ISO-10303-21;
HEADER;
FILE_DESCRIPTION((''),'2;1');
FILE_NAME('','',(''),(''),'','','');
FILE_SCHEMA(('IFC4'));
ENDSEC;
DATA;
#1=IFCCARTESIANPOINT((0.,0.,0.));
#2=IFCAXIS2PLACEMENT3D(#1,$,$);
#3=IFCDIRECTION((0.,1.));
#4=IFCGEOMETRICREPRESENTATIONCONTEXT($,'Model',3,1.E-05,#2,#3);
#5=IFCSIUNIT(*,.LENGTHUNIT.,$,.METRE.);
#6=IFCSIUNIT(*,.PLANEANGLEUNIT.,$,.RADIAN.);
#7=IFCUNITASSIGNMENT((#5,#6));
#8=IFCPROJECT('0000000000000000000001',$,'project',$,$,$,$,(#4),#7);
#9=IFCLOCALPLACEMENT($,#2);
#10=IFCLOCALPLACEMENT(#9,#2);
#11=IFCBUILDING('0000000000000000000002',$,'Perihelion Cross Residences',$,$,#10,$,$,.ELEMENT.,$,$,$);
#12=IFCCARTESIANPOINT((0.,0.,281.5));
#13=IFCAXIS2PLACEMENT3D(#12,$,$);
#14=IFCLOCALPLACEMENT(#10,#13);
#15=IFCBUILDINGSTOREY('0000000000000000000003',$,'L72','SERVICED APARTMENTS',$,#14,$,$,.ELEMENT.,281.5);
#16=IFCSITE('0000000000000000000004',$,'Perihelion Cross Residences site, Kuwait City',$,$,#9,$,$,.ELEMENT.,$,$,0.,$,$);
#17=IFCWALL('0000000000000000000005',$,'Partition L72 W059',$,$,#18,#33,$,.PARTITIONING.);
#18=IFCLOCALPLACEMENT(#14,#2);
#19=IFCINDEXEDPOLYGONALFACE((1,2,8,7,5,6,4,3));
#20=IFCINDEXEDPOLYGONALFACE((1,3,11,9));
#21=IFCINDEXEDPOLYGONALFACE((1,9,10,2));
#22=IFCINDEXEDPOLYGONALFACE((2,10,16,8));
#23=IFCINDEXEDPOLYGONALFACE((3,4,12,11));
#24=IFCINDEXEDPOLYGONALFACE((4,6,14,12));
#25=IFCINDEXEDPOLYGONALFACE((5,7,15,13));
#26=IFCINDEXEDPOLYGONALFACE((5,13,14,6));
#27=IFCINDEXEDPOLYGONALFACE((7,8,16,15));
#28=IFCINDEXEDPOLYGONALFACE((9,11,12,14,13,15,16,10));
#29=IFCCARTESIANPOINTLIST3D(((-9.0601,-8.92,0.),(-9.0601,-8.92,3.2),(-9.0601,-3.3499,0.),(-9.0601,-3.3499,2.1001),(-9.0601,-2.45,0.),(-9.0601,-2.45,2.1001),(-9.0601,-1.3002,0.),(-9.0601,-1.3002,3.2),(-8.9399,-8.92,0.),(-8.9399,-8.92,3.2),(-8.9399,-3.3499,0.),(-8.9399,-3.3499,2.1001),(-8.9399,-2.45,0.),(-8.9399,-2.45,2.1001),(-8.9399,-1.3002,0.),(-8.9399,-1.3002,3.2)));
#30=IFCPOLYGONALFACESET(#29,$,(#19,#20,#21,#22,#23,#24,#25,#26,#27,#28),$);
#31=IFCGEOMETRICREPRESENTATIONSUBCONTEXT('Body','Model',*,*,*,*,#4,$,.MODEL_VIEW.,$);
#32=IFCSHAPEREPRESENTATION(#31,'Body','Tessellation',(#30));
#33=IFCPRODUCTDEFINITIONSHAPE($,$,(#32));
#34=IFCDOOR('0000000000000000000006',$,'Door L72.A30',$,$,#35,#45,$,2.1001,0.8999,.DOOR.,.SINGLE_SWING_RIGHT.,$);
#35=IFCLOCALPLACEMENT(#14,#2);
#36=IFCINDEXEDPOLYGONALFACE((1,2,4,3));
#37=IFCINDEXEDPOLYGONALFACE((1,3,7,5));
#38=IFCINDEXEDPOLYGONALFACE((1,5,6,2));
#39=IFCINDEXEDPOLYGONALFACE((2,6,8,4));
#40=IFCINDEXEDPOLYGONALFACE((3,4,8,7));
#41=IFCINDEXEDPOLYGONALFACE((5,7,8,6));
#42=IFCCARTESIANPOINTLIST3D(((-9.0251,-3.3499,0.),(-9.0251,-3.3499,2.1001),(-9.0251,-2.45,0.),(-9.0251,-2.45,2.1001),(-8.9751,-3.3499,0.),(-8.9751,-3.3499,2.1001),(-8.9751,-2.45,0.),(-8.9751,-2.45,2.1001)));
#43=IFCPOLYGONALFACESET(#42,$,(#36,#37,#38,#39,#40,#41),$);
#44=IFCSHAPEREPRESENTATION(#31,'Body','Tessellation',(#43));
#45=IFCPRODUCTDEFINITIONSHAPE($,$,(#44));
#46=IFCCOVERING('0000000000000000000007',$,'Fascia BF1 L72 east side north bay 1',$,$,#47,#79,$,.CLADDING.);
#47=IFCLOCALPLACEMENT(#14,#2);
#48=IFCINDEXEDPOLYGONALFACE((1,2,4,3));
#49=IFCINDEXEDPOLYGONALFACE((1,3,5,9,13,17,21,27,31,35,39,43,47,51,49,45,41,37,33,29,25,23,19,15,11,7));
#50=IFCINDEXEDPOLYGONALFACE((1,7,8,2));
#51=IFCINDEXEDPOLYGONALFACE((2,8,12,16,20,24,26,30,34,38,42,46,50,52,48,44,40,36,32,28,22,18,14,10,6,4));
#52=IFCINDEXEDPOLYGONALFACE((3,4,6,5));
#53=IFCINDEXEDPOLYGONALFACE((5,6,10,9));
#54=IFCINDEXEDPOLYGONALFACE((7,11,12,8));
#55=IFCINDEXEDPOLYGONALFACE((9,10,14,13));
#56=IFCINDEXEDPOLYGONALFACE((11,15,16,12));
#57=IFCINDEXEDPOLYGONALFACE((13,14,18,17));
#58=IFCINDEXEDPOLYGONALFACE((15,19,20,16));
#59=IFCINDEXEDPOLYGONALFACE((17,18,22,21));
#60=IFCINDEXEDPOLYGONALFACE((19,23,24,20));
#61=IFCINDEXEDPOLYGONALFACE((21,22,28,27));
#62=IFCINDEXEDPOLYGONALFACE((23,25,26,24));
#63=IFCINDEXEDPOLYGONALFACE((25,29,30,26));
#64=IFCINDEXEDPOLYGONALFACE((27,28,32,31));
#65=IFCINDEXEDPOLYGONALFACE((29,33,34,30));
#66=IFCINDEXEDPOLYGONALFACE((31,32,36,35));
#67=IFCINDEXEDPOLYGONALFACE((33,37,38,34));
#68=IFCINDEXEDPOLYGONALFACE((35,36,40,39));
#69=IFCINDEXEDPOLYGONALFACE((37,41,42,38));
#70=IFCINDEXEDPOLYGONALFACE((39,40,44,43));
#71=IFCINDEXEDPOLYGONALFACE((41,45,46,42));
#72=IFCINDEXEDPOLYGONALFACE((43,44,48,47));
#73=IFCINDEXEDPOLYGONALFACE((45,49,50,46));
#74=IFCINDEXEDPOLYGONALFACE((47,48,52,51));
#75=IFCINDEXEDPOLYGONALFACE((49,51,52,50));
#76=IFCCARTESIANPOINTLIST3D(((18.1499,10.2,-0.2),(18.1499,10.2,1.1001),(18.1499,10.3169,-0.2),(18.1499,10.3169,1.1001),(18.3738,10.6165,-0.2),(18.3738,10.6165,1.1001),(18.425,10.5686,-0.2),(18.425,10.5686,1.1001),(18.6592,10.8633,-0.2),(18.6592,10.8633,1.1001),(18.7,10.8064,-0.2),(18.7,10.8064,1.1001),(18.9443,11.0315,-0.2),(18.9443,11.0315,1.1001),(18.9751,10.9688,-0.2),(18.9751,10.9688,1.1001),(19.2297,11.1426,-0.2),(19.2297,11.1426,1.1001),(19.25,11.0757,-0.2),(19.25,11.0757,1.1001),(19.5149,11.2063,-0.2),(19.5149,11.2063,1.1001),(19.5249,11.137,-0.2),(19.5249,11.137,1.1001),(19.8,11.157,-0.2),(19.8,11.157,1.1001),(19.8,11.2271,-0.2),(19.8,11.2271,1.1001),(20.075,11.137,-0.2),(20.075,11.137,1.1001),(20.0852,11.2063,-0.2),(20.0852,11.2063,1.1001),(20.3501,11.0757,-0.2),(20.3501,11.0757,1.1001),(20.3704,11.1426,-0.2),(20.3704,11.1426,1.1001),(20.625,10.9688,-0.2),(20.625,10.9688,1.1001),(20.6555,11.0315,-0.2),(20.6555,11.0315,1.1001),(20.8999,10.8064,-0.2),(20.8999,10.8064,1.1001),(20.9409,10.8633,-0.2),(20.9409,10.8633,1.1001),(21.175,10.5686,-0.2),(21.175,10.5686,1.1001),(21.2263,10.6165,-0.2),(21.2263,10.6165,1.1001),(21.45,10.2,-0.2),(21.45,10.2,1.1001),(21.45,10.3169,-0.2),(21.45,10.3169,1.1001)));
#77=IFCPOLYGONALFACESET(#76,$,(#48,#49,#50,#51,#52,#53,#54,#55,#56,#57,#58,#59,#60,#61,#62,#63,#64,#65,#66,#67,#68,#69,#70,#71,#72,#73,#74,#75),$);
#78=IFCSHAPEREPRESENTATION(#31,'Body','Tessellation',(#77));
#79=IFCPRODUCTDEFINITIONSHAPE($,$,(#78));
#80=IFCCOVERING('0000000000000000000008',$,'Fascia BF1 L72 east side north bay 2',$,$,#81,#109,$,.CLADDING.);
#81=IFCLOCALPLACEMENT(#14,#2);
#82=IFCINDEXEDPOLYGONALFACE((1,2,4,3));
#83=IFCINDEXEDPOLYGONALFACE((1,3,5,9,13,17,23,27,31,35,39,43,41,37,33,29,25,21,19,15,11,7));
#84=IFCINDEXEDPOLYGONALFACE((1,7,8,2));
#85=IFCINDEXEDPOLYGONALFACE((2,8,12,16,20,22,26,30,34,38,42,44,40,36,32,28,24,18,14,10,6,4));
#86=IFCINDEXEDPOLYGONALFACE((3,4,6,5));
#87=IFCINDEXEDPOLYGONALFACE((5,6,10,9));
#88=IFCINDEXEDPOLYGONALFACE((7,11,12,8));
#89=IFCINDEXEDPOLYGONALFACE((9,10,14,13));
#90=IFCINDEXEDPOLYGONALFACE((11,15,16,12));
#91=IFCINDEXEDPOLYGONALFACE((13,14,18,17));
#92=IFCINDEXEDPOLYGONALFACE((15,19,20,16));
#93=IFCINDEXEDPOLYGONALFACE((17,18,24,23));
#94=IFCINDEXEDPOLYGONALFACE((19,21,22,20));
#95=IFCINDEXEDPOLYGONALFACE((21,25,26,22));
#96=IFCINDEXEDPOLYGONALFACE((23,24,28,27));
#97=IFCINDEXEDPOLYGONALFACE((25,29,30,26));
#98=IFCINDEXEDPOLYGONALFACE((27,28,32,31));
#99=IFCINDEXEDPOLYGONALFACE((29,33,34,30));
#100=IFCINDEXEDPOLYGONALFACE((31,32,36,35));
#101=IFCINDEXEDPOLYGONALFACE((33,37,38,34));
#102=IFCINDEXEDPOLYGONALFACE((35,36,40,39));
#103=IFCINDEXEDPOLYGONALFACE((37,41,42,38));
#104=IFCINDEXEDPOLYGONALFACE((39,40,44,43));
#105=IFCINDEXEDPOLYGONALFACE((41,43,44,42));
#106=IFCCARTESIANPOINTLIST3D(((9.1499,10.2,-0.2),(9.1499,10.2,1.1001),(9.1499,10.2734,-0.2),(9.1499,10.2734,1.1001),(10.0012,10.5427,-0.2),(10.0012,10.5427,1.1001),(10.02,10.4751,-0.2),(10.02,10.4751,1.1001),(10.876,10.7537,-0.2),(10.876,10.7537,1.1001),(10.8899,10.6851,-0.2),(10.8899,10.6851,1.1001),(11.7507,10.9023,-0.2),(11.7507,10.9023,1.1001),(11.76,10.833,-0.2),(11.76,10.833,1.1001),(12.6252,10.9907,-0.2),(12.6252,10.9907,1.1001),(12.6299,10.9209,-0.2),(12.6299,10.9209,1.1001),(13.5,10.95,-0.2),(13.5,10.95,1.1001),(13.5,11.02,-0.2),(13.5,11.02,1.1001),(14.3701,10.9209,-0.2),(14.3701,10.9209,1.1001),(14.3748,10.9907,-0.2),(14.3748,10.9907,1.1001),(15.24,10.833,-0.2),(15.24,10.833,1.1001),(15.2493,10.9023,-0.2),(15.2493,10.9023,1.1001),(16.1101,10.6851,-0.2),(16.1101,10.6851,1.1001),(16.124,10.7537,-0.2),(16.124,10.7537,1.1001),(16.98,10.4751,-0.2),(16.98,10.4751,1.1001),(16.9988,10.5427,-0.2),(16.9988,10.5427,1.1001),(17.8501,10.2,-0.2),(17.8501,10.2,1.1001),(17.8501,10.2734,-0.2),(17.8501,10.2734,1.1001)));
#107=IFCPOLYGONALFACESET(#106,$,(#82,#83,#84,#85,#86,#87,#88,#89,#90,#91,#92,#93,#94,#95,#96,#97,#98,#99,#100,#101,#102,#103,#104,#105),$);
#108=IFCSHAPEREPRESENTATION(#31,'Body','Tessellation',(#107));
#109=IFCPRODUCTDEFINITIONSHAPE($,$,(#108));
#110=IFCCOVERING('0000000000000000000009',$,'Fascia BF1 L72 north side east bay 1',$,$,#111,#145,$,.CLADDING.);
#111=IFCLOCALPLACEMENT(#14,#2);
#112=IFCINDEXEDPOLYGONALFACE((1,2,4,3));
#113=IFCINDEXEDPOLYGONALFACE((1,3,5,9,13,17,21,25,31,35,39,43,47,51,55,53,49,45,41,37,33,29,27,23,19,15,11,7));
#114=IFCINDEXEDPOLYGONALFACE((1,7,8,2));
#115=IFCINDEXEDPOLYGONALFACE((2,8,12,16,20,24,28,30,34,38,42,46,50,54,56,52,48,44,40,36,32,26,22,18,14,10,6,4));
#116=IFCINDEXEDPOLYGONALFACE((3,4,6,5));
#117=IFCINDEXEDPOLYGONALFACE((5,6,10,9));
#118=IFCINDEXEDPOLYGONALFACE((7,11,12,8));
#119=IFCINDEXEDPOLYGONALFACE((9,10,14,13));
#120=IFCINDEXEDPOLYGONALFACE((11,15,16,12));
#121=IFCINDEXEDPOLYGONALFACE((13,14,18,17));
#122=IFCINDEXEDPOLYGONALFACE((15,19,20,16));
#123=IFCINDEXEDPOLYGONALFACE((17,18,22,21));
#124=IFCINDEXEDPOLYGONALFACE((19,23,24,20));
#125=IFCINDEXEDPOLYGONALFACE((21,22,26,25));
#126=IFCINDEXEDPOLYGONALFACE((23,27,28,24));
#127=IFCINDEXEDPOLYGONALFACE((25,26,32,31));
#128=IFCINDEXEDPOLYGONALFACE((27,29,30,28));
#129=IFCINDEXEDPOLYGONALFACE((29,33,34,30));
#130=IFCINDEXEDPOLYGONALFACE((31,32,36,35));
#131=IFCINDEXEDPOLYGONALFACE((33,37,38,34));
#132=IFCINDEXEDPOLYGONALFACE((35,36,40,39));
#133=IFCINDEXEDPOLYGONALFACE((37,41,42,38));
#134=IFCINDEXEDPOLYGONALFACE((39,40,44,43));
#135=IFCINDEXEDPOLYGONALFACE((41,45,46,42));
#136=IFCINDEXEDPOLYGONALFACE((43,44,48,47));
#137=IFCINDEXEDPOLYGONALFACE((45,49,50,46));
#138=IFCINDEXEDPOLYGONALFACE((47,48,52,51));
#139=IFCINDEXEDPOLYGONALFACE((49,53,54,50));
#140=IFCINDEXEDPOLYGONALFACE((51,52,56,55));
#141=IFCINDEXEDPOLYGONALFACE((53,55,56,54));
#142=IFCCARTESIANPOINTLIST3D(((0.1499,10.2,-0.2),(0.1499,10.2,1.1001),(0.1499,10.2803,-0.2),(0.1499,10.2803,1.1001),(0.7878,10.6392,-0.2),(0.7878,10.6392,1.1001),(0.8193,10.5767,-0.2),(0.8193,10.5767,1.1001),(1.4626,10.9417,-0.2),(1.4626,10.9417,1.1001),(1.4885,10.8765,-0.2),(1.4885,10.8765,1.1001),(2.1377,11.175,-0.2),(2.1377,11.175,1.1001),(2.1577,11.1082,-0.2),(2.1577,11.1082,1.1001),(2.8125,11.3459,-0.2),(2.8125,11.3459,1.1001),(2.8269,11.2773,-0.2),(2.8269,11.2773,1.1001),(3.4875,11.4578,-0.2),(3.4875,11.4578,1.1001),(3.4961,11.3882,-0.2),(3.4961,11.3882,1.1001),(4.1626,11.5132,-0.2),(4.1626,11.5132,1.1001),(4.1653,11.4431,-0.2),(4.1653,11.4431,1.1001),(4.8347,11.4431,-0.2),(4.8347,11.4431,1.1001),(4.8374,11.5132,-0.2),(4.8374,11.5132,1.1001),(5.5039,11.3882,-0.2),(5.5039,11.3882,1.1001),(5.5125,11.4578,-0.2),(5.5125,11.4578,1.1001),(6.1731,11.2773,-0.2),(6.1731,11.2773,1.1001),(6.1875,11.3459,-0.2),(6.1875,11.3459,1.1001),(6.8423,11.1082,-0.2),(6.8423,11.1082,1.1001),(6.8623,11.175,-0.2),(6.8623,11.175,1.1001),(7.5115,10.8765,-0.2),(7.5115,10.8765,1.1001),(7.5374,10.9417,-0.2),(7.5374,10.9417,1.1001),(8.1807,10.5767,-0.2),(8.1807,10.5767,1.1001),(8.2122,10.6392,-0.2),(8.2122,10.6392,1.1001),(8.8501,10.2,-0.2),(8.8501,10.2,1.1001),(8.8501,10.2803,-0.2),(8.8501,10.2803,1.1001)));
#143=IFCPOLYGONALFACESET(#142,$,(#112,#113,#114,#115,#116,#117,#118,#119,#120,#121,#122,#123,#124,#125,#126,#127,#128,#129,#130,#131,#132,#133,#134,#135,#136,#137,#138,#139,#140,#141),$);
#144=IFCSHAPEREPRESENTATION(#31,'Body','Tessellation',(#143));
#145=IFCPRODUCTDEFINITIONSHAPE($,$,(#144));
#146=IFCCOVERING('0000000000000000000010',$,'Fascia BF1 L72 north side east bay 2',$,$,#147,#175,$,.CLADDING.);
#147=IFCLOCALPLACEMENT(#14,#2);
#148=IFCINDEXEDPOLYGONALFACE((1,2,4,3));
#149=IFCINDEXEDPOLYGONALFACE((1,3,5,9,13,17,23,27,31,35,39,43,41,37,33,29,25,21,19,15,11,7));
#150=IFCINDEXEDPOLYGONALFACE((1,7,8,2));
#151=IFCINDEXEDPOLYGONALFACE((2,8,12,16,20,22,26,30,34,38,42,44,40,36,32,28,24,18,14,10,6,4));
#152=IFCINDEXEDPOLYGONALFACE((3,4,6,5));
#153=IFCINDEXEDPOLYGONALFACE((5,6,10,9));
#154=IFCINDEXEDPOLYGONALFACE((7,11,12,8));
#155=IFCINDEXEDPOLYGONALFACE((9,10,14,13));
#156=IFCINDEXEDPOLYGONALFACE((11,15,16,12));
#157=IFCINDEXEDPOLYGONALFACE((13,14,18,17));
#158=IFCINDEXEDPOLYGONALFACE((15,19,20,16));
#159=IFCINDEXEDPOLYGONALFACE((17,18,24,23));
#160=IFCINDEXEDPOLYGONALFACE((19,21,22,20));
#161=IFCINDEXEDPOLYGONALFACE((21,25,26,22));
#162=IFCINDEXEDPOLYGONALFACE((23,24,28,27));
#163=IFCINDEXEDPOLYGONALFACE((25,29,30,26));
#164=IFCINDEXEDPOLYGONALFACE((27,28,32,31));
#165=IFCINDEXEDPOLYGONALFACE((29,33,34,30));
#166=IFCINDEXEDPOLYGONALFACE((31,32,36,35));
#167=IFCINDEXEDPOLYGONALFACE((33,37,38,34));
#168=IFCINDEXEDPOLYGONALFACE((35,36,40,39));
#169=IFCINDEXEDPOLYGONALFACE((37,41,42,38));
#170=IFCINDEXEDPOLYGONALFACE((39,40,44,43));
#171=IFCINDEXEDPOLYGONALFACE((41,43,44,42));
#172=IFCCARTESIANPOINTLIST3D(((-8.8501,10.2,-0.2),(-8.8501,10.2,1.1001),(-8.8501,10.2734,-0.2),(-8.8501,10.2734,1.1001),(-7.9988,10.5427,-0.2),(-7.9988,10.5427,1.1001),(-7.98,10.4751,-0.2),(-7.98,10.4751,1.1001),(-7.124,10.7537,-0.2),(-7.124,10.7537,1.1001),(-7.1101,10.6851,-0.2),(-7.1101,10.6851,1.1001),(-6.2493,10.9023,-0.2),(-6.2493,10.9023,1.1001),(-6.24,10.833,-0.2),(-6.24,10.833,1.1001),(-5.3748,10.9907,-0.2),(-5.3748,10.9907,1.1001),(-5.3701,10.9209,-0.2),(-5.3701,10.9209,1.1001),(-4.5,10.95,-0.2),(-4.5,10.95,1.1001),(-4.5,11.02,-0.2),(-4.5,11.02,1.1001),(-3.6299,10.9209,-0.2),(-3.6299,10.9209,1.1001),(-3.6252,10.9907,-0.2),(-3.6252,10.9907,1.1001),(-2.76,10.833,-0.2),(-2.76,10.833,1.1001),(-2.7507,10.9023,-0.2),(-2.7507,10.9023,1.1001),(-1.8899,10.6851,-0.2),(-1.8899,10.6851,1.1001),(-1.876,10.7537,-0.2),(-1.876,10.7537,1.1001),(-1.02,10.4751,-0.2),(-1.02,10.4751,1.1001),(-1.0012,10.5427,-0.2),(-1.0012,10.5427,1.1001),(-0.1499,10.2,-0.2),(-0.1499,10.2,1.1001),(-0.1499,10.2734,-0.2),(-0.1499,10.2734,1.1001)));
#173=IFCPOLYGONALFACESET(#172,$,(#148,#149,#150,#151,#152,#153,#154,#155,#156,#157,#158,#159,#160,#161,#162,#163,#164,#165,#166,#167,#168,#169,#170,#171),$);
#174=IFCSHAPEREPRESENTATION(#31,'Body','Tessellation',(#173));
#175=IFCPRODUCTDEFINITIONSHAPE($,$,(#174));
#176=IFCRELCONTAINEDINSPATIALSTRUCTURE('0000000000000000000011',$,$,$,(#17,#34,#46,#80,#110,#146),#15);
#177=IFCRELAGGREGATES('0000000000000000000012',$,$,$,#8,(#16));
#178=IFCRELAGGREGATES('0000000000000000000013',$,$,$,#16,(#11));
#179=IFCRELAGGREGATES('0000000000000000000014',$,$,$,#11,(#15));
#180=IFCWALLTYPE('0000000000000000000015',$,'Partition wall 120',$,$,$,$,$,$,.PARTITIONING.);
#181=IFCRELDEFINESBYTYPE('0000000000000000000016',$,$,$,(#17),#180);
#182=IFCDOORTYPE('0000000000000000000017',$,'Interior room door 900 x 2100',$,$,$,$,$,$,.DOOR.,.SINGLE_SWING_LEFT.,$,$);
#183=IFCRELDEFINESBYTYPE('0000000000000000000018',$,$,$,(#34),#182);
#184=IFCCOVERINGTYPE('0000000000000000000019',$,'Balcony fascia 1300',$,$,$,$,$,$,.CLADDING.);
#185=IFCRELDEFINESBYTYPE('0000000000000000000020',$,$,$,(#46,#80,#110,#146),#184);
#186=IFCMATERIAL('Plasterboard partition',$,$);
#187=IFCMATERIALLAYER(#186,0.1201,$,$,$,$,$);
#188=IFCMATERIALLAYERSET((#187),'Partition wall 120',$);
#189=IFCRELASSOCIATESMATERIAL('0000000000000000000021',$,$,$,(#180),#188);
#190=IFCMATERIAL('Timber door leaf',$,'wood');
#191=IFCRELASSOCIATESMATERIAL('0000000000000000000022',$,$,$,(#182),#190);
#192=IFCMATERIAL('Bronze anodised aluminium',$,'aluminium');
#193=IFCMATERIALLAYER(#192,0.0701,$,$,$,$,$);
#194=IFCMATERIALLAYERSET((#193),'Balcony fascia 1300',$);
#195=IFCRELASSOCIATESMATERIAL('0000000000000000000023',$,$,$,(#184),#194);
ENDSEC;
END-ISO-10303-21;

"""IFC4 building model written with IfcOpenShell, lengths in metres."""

from ifc_helpers import new_model, si_unit, direction, frame, frame_2d, origin, place, context, subcontext, project, spatial, polyline, rectangle, outline, extrude, material, layer, layer_set, type_object, element, fill, save


model = new_model("IFC4")

# Units and contexts
model_context = context("Model", 3, precision=1e-05, world=origin(), true_north=direction((0.0, 1.0)))
body_context = subcontext(model_context, "Body", "Model", "MODEL_VIEW")
ifc_project = project(units=[si_unit("LENGTHUNIT", "METRE"), si_unit("PLANEANGLEUNIT", "RADIAN")], contexts=[model_context])

# Site, building, storey
site_placement = place(None, origin())
site = spatial("IfcSite", under=ifc_project, at=site_placement, Name="Perihelion Cross Residences site, Kuwait City", CompositionType="ELEMENT", RefElevation=0.0)
building_placement = place(site_placement, origin())
building = spatial("IfcBuilding", under=site, at=building_placement, Name="Perihelion Cross Residences", CompositionType="ELEMENT")
storey_placement = place(building_placement, frame((0.0, 0.0, 281.5)))
storey = spatial("IfcBuildingStorey", under=building, at=storey_placement, Name="L72", Description="SERVICED APARTMENTS", CompositionType="ELEMENT", Elevation=281.5)

# Wall, opening, door
ifc_material_1 = material(Name="Plasterboard partition")
ifc_layer_1 = layer(ifc_material_1, 0.1201)
ifc_layer_set_1 = layer_set([ifc_layer_1], Name="Partition wall 120")
wall_type_1 = type_object("IfcWallType", Name="Partition wall 120", PredefinedType="PARTITIONING", material=ifc_layer_set_1)
wall_1_placement = place(storey_placement, frame((-9.0, -1.3, 0.0), z_axis=(0.0, 0.0, 1.0), x_axis=(0.0, -1.0, 0.0)))
wall_1 = element("IfcWall", 1, at=wall_1_placement, inside=storey, type_object=wall_type_1, Name="Partition L72 W059", PredefinedType="PARTITIONING", context=body_context, shape_type="SweptSolid", body=[
    extrude(rectangle(XDim=7.6199, YDim=0.1201, at=frame_2d((3.8101, 0.0))), origin(), (0.0, 0.0, 1.0), 3.2),
])
opening_1_placement = place(wall_1_placement, frame((1.1499, 0.0, 0.0)))
opening_1 = element("IfcOpeningElement", 2, at=opening_1_placement, cuts=wall_1, PredefinedType="OPENING", context=body_context, shape_type="SweptSolid", body=[
    extrude(rectangle(XDim=0.8999, YDim=2.1001, at=frame_2d((0.45, 1.05))), frame((0.0, 0.0701, 0.0), z_axis=(0.0, -1.0, 0.0), x_axis=(1.0, 0.0, 0.0)), (0.0, 0.0, 1.0), 0.1401),
])
ifc_material_2 = material(Name="Timber door leaf", Category="wood")
door_type_1 = type_object("IfcDoorType", Name="Interior room door 900 x 2100", OperationType="SINGLE_SWING_LEFT", PredefinedType="DOOR", material=ifc_material_2)
door_1_placement = place(opening_1_placement, origin())
door_1 = element("IfcDoor", 3, at=door_1_placement, inside=storey, type_object=door_type_1, Name="Door L72.A30", OperationType="SINGLE_SWING_RIGHT", OverallHeight=2.1001, OverallWidth=0.8999, PredefinedType="DOOR", context=body_context, shape_type="SweptSolid", body=[
    extrude(rectangle(XDim=0.8999, YDim=2.1001, at=frame_2d((0.45, 1.05))), frame((0.0, 0.0249, 0.0), z_axis=(0.0, -1.0, 0.0), x_axis=(1.0, 0.0, 0.0)), (0.0, 0.0, 1.0), 0.05),
])
fill(opening_1, door_1)

# Coverings
ifc_material_3 = material(Name="Bronze anodised aluminium", Category="aluminium")
ifc_layer_2 = layer(ifc_material_3, 0.0701)
ifc_layer_set_2 = layer_set([ifc_layer_2], Name="Balcony fascia 1300")
covering_type = type_object("IfcCoveringType", Name="Balcony fascia 1300", PredefinedType="CLADDING", material=ifc_layer_set_2)
covering_1_placement = place(storey_placement, frame((0.0, 0.0, -0.2)))
element("IfcCovering", 4, at=covering_1_placement, inside=storey, type_object=covering_type, Name="Fascia BF1 L72 east side north bay 1", PredefinedType="CLADDING", context=body_context, shape_type="SweptSolid", body=[
    extrude(outline(polyline([(21.2263, 10.6165), (20.9409, 10.8633), (20.6555, 11.0315), (20.3704, 11.1426), (20.0852, 11.2063), (19.8, 11.2271), (19.5149, 11.2063), (19.2297, 11.1426), (18.9443, 11.0315), (18.6592, 10.8633), (18.3738, 10.6165), (18.1499, 10.3169), (18.1499, 10.2), (18.425, 10.5686), (18.7, 10.8064), (18.9751, 10.9688), (19.25, 11.0757), (19.5249, 11.137), (19.8, 11.157), (20.075, 11.137), (20.3501, 11.0757), (20.625, 10.9688), (20.8999, 10.8064), (21.175, 10.5686), (21.45, 10.2), (21.45, 10.3169), (21.2263, 10.6165)])), origin(), (0.0, 0.0, 1.0), 1.3),
])
covering_2_placement = place(storey_placement, frame((0.0, 0.0, -0.2)))
element("IfcCovering", 5, at=covering_2_placement, inside=storey, type_object=covering_type, Name="Fascia BF1 L72 east side north bay 2", PredefinedType="CLADDING", context=body_context, shape_type="SweptSolid", body=[
    extrude(outline(polyline([(16.9988, 10.5427), (16.124, 10.7537), (15.2493, 10.9023), (14.3748, 10.9907), (13.5, 11.02), (12.6252, 10.9907), (11.7507, 10.9023), (10.876, 10.7537), (10.0012, 10.5427), (9.1499, 10.2734), (9.1499, 10.2), (10.02, 10.4751), (10.8899, 10.6851), (11.76, 10.833), (12.6299, 10.9209), (13.5, 10.95), (14.3701, 10.9209), (15.24, 10.833), (16.1101, 10.6851), (16.98, 10.4751), (17.8501, 10.2), (17.8501, 10.2734), (16.9988, 10.5427)])), origin(), (0.0, 0.0, 1.0), 1.3),
])
covering_3_placement = place(storey_placement, frame((0.0, 0.0, -0.2)))
element("IfcCovering", 6, at=covering_3_placement, inside=storey, type_object=covering_type, Name="Fascia BF1 L72 north side east bay 1", PredefinedType="CLADDING", context=body_context, shape_type="SweptSolid", body=[
    extrude(outline(polyline([(8.2122, 10.6392), (7.5374, 10.9417), (6.8623, 11.175), (6.1875, 11.3459), (5.5125, 11.4578), (4.8374, 11.5132), (4.1626, 11.5132), (3.4875, 11.4578), (2.8125, 11.3459), (2.1377, 11.175), (1.4626, 10.9417), (0.7878, 10.6392), (0.1499, 10.2803), (0.1499, 10.2), (0.8193, 10.5767), (1.4885, 10.8765), (2.1577, 11.1082), (2.8269, 11.2773), (3.4961, 11.3882), (4.1653, 11.4431), (4.8347, 11.4431), (5.5039, 11.3882), (6.1731, 11.2773), (6.8423, 11.1082), (7.5115, 10.8765), (8.1807, 10.5767), (8.8501, 10.2), (8.8501, 10.2803), (8.2122, 10.6392)])), origin(), (0.0, 0.0, 1.0), 1.3),
])
covering_4_placement = place(storey_placement, frame((0.0, 0.0, -0.2)))
element("IfcCovering", 7, at=covering_4_placement, inside=storey, type_object=covering_type, Name="Fascia BF1 L72 north side east bay 2", PredefinedType="CLADDING", context=body_context, shape_type="SweptSolid", body=[
    extrude(outline(polyline([(-1.0012, 10.5427), (-1.876, 10.7537), (-2.7507, 10.9023), (-3.6252, 10.9907), (-4.5, 11.02), (-5.3748, 10.9907), (-6.2493, 10.9023), (-7.124, 10.7537), (-7.9988, 10.5427), (-8.8501, 10.2734), (-8.8501, 10.2), (-7.98, 10.4751), (-7.1101, 10.6851), (-6.24, 10.833), (-5.3701, 10.9209), (-4.5, 10.95), (-3.6299, 10.9209), (-2.76, 10.833), (-1.8899, 10.6851), (-1.02, 10.4751), (-0.1499, 10.2), (-0.1499, 10.2734), (-1.0012, 10.5427)])), origin(), (0.0, 0.0, 1.0), 1.3),
])

save(model, "model.ifc")
